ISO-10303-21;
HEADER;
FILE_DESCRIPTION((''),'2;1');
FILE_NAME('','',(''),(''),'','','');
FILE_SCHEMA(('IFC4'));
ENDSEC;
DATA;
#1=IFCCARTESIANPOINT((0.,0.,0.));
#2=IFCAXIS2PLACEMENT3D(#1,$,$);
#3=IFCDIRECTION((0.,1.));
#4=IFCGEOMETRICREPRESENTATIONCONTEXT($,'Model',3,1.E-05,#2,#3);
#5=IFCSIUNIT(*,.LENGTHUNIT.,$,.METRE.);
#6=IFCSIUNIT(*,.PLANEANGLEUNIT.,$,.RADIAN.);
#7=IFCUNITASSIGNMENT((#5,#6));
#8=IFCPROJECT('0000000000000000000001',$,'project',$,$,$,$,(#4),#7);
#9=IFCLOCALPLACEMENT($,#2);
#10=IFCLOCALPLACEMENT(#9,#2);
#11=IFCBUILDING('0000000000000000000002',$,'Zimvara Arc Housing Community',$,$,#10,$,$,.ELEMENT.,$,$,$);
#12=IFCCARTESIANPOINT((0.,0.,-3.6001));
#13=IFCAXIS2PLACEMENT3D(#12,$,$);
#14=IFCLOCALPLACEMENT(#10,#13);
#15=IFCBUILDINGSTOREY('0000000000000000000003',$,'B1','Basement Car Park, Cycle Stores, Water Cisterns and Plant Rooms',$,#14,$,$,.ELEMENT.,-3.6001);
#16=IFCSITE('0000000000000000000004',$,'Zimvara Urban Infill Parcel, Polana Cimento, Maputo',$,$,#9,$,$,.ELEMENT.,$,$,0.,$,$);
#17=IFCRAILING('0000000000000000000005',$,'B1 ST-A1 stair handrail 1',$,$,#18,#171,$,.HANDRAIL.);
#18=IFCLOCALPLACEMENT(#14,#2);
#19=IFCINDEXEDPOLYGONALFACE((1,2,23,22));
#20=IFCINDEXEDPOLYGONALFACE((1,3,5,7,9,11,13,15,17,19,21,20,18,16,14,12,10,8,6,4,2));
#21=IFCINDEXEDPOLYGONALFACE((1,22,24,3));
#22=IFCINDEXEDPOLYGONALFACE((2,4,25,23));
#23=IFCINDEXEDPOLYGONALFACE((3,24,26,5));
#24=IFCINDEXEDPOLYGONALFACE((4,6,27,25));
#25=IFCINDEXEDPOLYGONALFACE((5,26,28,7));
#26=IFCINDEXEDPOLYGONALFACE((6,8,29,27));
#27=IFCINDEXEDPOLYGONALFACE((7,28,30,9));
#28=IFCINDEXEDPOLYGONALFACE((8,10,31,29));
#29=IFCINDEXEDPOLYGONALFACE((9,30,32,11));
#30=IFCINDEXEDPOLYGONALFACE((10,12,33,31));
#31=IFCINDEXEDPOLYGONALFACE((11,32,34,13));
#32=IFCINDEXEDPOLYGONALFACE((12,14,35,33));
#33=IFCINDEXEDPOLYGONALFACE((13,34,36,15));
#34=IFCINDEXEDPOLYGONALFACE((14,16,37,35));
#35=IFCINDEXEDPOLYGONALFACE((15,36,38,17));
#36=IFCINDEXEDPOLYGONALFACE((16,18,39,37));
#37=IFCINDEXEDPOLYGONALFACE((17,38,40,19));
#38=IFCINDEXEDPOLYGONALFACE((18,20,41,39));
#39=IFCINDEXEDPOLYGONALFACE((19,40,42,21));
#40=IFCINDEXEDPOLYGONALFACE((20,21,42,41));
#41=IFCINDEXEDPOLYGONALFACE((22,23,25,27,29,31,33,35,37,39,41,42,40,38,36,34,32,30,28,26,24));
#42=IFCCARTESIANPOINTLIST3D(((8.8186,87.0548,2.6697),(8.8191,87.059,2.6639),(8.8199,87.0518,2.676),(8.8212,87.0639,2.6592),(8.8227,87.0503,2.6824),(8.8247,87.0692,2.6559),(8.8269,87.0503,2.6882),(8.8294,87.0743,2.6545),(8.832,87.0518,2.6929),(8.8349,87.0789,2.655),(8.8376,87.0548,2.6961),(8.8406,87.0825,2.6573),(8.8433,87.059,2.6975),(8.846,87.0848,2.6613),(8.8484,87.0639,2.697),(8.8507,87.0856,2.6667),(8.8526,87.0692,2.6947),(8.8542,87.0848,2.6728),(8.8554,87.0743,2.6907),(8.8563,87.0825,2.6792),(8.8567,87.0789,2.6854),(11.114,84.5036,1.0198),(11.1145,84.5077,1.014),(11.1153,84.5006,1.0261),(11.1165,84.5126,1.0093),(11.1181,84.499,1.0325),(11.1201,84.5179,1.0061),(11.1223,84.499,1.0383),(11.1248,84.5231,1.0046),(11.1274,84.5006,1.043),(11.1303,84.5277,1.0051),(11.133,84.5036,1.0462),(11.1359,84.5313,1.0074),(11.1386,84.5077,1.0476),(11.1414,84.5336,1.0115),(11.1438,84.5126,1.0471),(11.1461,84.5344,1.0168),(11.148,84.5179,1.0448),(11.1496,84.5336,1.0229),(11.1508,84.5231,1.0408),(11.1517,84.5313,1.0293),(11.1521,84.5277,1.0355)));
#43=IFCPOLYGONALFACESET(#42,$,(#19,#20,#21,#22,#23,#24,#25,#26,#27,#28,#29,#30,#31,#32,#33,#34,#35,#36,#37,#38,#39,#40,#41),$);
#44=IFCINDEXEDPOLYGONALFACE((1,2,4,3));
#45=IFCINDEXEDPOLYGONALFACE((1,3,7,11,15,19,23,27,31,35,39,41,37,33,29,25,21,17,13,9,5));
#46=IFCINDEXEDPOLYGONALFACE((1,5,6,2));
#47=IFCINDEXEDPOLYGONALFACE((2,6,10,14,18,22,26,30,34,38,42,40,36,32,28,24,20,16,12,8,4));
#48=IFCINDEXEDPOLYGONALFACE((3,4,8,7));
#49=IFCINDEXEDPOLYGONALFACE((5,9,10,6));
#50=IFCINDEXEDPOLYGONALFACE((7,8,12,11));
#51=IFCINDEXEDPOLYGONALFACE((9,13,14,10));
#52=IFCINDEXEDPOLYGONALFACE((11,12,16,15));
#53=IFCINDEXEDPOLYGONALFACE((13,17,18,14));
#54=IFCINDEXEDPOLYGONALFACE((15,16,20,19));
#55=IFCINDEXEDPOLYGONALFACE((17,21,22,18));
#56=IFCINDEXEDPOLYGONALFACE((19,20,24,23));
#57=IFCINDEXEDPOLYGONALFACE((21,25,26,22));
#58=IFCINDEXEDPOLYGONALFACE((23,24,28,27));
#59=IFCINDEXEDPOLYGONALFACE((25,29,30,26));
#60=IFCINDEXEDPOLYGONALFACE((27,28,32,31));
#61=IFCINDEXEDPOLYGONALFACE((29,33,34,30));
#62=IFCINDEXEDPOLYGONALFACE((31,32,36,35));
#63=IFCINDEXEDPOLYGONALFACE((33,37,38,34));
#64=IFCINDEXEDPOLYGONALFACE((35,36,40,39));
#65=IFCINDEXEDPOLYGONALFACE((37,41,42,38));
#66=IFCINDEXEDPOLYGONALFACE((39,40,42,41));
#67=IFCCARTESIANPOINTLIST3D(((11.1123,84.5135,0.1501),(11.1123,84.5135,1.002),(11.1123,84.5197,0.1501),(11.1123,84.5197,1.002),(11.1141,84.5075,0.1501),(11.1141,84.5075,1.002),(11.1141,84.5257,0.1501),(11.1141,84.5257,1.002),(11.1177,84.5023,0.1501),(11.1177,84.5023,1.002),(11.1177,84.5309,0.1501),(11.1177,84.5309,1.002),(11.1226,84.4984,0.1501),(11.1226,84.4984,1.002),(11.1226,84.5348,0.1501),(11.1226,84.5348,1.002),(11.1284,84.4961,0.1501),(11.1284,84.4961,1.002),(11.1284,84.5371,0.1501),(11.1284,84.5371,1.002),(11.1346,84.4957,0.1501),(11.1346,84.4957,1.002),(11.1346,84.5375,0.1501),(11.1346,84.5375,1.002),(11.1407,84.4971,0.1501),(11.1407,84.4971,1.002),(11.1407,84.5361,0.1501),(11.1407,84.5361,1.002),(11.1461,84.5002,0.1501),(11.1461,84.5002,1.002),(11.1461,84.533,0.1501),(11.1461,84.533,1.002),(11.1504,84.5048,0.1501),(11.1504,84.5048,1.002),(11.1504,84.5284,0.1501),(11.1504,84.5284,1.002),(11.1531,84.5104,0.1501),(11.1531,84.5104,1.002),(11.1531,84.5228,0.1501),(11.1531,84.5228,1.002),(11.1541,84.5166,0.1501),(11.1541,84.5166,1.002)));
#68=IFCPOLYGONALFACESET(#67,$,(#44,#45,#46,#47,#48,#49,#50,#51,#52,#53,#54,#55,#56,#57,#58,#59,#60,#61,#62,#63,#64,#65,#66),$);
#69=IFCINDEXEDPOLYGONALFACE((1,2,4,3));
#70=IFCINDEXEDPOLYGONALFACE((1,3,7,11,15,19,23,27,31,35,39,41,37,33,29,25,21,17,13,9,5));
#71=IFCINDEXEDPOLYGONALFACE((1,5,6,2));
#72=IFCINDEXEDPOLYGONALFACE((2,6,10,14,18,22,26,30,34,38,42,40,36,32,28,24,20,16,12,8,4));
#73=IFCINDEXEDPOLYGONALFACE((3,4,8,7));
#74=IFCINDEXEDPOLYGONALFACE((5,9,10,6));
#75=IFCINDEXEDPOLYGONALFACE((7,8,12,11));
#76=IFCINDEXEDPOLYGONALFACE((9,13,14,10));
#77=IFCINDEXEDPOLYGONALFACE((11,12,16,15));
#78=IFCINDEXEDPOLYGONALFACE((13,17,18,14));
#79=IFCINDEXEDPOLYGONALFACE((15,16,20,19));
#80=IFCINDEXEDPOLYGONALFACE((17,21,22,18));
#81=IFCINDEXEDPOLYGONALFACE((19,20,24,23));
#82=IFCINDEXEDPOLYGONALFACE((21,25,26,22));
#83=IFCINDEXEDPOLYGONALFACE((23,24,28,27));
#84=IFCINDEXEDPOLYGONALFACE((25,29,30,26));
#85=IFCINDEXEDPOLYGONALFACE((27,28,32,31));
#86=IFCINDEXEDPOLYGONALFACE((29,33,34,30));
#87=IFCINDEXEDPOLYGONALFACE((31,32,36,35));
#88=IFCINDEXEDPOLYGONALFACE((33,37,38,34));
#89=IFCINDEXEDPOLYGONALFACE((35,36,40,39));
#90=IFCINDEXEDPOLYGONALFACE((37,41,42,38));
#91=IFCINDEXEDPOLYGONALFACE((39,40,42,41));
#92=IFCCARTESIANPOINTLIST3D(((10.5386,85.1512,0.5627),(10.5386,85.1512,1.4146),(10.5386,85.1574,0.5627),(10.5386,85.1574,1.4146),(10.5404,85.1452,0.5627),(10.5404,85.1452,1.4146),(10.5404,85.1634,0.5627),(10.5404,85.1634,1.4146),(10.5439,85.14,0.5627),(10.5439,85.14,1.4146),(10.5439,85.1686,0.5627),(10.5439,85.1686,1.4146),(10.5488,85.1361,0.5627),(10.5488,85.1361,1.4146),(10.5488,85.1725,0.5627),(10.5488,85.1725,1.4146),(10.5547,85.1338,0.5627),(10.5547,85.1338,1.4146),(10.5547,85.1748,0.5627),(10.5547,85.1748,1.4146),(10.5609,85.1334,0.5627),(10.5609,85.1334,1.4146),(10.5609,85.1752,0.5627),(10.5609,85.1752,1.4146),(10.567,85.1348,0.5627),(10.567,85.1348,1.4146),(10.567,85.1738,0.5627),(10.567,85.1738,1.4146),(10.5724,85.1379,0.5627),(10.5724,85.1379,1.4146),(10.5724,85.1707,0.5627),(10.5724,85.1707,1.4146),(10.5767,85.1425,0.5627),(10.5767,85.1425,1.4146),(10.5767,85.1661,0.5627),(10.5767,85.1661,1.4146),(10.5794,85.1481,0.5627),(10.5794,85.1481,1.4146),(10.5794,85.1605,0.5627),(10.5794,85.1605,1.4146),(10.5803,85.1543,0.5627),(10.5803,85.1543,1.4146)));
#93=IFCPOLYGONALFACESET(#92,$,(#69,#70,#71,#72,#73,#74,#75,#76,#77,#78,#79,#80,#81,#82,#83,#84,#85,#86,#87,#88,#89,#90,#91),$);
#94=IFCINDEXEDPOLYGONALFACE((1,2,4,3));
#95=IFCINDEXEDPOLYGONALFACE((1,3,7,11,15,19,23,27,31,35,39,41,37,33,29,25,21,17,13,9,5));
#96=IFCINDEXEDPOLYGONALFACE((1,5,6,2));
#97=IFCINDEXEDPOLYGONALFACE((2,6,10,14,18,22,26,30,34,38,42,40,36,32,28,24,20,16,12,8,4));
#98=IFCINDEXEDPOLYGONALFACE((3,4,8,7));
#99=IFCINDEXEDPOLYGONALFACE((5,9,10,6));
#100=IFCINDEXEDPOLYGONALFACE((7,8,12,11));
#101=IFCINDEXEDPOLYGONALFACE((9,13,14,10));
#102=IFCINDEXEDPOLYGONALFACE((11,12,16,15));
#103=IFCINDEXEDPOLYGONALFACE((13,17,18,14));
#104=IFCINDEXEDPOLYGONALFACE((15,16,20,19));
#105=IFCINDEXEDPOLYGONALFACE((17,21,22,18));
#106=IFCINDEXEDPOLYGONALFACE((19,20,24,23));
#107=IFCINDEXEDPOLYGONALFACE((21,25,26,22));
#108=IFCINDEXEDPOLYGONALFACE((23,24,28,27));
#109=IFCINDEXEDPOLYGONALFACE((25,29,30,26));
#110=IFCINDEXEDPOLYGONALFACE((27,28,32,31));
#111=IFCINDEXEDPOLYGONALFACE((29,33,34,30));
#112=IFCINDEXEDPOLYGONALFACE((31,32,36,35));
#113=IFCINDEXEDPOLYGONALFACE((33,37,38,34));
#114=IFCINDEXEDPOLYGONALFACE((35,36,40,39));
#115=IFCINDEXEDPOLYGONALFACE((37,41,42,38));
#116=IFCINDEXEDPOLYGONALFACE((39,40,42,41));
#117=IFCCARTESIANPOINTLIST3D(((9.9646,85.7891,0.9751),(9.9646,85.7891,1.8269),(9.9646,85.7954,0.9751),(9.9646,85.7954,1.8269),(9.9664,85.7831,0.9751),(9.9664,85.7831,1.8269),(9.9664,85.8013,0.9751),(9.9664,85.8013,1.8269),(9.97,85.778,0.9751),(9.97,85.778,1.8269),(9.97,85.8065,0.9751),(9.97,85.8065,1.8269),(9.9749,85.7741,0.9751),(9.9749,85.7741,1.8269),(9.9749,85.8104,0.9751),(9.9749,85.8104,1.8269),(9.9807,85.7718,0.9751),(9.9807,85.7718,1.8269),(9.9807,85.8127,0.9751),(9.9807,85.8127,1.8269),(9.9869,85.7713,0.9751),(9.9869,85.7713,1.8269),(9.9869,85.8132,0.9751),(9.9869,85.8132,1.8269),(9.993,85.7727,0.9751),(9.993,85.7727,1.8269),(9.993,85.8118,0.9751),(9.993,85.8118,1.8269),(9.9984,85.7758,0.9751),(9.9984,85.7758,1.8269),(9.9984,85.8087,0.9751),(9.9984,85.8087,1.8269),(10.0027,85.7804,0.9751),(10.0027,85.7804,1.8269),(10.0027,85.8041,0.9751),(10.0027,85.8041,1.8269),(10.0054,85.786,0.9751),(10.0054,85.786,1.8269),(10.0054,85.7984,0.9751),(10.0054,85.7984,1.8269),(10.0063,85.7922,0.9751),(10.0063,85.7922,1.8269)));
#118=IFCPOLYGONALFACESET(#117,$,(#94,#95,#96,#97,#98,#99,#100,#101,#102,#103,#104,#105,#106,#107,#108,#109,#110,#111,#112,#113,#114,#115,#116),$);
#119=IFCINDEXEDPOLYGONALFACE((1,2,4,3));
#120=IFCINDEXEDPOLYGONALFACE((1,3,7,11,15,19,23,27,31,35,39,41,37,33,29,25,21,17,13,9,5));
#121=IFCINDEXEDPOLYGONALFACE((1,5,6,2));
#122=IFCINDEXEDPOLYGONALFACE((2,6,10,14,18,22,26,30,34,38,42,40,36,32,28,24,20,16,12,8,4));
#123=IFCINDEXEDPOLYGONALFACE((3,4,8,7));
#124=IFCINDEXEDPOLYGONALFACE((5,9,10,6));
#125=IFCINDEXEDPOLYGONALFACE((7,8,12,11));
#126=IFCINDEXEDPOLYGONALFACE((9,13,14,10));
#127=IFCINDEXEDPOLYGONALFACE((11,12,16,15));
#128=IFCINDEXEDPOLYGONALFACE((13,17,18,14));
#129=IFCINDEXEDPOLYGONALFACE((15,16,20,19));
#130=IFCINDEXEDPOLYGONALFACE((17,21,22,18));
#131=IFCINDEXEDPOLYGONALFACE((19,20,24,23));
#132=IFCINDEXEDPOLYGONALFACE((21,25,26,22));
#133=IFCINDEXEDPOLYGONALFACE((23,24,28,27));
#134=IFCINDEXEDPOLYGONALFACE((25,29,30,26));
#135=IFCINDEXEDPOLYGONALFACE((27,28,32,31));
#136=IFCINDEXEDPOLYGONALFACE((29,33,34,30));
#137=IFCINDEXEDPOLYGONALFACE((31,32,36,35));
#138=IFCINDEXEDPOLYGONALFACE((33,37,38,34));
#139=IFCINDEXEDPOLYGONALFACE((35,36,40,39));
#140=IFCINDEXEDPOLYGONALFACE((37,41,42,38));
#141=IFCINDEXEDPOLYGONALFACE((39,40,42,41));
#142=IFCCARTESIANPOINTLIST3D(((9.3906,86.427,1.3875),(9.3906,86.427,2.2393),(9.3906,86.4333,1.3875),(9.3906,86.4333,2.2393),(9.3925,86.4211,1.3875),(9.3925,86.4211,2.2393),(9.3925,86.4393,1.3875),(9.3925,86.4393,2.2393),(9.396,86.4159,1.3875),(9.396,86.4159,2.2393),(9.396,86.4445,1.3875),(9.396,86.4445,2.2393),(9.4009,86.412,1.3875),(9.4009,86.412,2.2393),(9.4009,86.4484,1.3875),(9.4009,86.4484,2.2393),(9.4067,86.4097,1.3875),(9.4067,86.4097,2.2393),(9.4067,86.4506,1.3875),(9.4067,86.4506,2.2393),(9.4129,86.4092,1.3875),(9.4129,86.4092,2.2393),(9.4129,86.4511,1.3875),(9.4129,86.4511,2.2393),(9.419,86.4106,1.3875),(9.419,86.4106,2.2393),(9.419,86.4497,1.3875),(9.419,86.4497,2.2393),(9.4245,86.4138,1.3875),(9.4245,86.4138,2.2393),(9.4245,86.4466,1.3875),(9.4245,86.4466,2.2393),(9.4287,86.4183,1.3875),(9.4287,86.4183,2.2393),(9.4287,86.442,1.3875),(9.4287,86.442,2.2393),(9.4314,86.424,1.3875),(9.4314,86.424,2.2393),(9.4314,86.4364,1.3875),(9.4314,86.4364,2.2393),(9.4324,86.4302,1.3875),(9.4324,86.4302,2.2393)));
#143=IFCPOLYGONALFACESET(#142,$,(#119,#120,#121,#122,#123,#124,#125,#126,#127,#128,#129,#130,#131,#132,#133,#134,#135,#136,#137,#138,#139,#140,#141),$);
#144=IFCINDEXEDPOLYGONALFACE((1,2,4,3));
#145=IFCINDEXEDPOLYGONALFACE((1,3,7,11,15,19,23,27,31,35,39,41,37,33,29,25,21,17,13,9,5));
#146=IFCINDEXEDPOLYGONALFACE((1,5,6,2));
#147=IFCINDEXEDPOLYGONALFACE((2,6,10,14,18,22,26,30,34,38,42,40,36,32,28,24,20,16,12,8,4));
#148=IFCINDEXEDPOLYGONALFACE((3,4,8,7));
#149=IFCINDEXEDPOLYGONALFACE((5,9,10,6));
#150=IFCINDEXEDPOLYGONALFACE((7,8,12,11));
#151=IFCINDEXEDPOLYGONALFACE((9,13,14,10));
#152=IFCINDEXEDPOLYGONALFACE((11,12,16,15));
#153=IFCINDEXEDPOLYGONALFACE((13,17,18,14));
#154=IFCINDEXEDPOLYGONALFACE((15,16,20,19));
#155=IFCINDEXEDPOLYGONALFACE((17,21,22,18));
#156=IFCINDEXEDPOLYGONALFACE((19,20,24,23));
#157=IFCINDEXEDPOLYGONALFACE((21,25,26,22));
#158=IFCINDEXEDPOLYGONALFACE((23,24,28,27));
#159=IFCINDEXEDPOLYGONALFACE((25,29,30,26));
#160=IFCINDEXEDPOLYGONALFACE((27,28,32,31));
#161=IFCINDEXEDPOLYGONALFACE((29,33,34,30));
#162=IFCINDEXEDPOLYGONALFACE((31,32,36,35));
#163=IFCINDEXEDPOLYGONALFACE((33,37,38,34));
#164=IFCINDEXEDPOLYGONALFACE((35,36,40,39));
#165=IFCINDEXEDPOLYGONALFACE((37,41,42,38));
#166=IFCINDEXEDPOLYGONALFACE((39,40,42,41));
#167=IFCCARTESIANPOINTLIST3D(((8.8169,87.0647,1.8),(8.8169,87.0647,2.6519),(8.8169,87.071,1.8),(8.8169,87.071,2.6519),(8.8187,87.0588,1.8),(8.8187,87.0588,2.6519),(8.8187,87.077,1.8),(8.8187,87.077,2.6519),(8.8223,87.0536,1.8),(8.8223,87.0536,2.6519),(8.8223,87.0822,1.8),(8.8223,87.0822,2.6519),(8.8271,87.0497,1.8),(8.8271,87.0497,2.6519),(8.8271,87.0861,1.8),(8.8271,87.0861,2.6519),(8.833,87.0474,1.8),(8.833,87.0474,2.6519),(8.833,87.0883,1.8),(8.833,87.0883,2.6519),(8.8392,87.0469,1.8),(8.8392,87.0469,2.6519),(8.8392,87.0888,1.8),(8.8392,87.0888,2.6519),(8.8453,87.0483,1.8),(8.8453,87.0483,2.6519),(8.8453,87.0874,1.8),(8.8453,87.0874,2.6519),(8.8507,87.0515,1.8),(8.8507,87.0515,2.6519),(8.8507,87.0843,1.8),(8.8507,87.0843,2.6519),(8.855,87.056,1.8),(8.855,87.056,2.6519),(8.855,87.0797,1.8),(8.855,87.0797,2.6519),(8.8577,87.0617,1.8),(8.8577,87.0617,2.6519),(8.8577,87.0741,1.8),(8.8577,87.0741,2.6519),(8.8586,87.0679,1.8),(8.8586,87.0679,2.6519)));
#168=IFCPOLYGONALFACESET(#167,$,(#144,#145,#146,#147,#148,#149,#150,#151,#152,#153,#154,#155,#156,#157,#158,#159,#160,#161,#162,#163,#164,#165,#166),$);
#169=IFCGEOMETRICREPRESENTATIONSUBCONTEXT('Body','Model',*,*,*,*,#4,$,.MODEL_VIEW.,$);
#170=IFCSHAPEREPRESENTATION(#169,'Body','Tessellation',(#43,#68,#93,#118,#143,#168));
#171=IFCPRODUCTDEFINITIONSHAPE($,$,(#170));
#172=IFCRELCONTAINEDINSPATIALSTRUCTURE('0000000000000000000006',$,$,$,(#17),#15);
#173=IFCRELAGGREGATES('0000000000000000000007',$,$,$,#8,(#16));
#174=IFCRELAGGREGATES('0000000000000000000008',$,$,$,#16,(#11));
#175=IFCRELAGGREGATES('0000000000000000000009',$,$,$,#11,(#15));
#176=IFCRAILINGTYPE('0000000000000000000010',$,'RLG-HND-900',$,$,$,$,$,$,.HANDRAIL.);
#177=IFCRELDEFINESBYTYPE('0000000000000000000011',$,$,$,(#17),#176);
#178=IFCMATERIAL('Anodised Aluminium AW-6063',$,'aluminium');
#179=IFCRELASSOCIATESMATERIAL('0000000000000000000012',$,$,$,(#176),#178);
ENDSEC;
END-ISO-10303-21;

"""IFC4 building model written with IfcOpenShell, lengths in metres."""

from ifc_helpers import new_model, si_unit, direction, frame, origin, origin_2d, place, context, subcontext, project, spatial, circle, extrude, material, type_object, element, save


model = new_model("IFC4")

# Units and contexts
model_context = context("Model", 3, precision=1e-05, world=origin(), true_north=direction((0.0, 1.0)))
body_context = subcontext(model_context, "Body", "Model", "MODEL_VIEW")
ifc_project = project(units=[si_unit("LENGTHUNIT", "METRE"), si_unit("PLANEANGLEUNIT", "RADIAN")], contexts=[model_context])

# Site, building, storey
site_placement = place(None, origin())
site = spatial("IfcSite", under=ifc_project, at=site_placement, Name="Zimvara Urban Infill Parcel, Polana Cimento, Maputo", CompositionType="ELEMENT", RefElevation=0.0)
building_placement = place(site_placement, origin())
building = spatial("IfcBuilding", under=site, at=building_placement, Name="Zimvara Arc Housing Community", CompositionType="ELEMENT")
storey_placement = place(building_placement, frame((0.0, 0.0, -3.6001)))
storey = spatial("IfcBuildingStorey", under=building, at=storey_placement, Name="B1", Description="Basement Car Park, Cycle Stores, Water Cisterns and Plant Rooms", CompositionType="ELEMENT", Elevation=-3.6001)

# Railing
ifc_material_1 = material(Name="Anodised Aluminium AW-6063", Category="aluminium")
railing_type_1 = type_object("IfcRailingType", Name="RLG-HND-900", PredefinedType="HANDRAIL", material=ifc_material_1)
railing_1_placement = place(storey_placement, frame((11.1331, 84.5166, 0.1501)))
element("IfcRailing", 1, at=railing_1_placement, inside=storey, type_object=railing_type_1, Name="B1 ST-A1 stair handrail 1", PredefinedType="HANDRAIL", context=body_context, shape_type="SweptSolid", body=[
    extrude(circle(Radius=0.0239, at=origin_2d()), frame((0.0, 0.0, 0.876), z_axis=(-0.602803, 0.669995, 0.433285), x_axis=(-0.7434, -0.668847, 0.0)), (0.0, 0.0, 1.0), 3.8079),
    extrude(circle(Radius=0.021, at=origin_2d()), origin(), (0.0, 0.0, 1.0), 0.8518),
    extrude(circle(Radius=0.021, at=origin_2d()), frame((-0.5737, 0.6377, 0.4126)), (0.0, 0.0, 1.0), 0.8518),
    extrude(circle(Radius=0.021, at=origin_2d()), frame((-1.1477, 1.2756, 0.825)), (0.0, 0.0, 1.0), 0.8518),
    extrude(circle(Radius=0.021, at=origin_2d()), frame((-1.7217, 1.9136, 1.2373)), (0.0, 0.0, 1.0), 0.8518),
    extrude(circle(Radius=0.021, at=origin_2d()), frame((-2.2954, 2.5513, 1.6499)), (0.0, 0.0, 1.0), 0.8518),
])

save(model, "model.ifc")
